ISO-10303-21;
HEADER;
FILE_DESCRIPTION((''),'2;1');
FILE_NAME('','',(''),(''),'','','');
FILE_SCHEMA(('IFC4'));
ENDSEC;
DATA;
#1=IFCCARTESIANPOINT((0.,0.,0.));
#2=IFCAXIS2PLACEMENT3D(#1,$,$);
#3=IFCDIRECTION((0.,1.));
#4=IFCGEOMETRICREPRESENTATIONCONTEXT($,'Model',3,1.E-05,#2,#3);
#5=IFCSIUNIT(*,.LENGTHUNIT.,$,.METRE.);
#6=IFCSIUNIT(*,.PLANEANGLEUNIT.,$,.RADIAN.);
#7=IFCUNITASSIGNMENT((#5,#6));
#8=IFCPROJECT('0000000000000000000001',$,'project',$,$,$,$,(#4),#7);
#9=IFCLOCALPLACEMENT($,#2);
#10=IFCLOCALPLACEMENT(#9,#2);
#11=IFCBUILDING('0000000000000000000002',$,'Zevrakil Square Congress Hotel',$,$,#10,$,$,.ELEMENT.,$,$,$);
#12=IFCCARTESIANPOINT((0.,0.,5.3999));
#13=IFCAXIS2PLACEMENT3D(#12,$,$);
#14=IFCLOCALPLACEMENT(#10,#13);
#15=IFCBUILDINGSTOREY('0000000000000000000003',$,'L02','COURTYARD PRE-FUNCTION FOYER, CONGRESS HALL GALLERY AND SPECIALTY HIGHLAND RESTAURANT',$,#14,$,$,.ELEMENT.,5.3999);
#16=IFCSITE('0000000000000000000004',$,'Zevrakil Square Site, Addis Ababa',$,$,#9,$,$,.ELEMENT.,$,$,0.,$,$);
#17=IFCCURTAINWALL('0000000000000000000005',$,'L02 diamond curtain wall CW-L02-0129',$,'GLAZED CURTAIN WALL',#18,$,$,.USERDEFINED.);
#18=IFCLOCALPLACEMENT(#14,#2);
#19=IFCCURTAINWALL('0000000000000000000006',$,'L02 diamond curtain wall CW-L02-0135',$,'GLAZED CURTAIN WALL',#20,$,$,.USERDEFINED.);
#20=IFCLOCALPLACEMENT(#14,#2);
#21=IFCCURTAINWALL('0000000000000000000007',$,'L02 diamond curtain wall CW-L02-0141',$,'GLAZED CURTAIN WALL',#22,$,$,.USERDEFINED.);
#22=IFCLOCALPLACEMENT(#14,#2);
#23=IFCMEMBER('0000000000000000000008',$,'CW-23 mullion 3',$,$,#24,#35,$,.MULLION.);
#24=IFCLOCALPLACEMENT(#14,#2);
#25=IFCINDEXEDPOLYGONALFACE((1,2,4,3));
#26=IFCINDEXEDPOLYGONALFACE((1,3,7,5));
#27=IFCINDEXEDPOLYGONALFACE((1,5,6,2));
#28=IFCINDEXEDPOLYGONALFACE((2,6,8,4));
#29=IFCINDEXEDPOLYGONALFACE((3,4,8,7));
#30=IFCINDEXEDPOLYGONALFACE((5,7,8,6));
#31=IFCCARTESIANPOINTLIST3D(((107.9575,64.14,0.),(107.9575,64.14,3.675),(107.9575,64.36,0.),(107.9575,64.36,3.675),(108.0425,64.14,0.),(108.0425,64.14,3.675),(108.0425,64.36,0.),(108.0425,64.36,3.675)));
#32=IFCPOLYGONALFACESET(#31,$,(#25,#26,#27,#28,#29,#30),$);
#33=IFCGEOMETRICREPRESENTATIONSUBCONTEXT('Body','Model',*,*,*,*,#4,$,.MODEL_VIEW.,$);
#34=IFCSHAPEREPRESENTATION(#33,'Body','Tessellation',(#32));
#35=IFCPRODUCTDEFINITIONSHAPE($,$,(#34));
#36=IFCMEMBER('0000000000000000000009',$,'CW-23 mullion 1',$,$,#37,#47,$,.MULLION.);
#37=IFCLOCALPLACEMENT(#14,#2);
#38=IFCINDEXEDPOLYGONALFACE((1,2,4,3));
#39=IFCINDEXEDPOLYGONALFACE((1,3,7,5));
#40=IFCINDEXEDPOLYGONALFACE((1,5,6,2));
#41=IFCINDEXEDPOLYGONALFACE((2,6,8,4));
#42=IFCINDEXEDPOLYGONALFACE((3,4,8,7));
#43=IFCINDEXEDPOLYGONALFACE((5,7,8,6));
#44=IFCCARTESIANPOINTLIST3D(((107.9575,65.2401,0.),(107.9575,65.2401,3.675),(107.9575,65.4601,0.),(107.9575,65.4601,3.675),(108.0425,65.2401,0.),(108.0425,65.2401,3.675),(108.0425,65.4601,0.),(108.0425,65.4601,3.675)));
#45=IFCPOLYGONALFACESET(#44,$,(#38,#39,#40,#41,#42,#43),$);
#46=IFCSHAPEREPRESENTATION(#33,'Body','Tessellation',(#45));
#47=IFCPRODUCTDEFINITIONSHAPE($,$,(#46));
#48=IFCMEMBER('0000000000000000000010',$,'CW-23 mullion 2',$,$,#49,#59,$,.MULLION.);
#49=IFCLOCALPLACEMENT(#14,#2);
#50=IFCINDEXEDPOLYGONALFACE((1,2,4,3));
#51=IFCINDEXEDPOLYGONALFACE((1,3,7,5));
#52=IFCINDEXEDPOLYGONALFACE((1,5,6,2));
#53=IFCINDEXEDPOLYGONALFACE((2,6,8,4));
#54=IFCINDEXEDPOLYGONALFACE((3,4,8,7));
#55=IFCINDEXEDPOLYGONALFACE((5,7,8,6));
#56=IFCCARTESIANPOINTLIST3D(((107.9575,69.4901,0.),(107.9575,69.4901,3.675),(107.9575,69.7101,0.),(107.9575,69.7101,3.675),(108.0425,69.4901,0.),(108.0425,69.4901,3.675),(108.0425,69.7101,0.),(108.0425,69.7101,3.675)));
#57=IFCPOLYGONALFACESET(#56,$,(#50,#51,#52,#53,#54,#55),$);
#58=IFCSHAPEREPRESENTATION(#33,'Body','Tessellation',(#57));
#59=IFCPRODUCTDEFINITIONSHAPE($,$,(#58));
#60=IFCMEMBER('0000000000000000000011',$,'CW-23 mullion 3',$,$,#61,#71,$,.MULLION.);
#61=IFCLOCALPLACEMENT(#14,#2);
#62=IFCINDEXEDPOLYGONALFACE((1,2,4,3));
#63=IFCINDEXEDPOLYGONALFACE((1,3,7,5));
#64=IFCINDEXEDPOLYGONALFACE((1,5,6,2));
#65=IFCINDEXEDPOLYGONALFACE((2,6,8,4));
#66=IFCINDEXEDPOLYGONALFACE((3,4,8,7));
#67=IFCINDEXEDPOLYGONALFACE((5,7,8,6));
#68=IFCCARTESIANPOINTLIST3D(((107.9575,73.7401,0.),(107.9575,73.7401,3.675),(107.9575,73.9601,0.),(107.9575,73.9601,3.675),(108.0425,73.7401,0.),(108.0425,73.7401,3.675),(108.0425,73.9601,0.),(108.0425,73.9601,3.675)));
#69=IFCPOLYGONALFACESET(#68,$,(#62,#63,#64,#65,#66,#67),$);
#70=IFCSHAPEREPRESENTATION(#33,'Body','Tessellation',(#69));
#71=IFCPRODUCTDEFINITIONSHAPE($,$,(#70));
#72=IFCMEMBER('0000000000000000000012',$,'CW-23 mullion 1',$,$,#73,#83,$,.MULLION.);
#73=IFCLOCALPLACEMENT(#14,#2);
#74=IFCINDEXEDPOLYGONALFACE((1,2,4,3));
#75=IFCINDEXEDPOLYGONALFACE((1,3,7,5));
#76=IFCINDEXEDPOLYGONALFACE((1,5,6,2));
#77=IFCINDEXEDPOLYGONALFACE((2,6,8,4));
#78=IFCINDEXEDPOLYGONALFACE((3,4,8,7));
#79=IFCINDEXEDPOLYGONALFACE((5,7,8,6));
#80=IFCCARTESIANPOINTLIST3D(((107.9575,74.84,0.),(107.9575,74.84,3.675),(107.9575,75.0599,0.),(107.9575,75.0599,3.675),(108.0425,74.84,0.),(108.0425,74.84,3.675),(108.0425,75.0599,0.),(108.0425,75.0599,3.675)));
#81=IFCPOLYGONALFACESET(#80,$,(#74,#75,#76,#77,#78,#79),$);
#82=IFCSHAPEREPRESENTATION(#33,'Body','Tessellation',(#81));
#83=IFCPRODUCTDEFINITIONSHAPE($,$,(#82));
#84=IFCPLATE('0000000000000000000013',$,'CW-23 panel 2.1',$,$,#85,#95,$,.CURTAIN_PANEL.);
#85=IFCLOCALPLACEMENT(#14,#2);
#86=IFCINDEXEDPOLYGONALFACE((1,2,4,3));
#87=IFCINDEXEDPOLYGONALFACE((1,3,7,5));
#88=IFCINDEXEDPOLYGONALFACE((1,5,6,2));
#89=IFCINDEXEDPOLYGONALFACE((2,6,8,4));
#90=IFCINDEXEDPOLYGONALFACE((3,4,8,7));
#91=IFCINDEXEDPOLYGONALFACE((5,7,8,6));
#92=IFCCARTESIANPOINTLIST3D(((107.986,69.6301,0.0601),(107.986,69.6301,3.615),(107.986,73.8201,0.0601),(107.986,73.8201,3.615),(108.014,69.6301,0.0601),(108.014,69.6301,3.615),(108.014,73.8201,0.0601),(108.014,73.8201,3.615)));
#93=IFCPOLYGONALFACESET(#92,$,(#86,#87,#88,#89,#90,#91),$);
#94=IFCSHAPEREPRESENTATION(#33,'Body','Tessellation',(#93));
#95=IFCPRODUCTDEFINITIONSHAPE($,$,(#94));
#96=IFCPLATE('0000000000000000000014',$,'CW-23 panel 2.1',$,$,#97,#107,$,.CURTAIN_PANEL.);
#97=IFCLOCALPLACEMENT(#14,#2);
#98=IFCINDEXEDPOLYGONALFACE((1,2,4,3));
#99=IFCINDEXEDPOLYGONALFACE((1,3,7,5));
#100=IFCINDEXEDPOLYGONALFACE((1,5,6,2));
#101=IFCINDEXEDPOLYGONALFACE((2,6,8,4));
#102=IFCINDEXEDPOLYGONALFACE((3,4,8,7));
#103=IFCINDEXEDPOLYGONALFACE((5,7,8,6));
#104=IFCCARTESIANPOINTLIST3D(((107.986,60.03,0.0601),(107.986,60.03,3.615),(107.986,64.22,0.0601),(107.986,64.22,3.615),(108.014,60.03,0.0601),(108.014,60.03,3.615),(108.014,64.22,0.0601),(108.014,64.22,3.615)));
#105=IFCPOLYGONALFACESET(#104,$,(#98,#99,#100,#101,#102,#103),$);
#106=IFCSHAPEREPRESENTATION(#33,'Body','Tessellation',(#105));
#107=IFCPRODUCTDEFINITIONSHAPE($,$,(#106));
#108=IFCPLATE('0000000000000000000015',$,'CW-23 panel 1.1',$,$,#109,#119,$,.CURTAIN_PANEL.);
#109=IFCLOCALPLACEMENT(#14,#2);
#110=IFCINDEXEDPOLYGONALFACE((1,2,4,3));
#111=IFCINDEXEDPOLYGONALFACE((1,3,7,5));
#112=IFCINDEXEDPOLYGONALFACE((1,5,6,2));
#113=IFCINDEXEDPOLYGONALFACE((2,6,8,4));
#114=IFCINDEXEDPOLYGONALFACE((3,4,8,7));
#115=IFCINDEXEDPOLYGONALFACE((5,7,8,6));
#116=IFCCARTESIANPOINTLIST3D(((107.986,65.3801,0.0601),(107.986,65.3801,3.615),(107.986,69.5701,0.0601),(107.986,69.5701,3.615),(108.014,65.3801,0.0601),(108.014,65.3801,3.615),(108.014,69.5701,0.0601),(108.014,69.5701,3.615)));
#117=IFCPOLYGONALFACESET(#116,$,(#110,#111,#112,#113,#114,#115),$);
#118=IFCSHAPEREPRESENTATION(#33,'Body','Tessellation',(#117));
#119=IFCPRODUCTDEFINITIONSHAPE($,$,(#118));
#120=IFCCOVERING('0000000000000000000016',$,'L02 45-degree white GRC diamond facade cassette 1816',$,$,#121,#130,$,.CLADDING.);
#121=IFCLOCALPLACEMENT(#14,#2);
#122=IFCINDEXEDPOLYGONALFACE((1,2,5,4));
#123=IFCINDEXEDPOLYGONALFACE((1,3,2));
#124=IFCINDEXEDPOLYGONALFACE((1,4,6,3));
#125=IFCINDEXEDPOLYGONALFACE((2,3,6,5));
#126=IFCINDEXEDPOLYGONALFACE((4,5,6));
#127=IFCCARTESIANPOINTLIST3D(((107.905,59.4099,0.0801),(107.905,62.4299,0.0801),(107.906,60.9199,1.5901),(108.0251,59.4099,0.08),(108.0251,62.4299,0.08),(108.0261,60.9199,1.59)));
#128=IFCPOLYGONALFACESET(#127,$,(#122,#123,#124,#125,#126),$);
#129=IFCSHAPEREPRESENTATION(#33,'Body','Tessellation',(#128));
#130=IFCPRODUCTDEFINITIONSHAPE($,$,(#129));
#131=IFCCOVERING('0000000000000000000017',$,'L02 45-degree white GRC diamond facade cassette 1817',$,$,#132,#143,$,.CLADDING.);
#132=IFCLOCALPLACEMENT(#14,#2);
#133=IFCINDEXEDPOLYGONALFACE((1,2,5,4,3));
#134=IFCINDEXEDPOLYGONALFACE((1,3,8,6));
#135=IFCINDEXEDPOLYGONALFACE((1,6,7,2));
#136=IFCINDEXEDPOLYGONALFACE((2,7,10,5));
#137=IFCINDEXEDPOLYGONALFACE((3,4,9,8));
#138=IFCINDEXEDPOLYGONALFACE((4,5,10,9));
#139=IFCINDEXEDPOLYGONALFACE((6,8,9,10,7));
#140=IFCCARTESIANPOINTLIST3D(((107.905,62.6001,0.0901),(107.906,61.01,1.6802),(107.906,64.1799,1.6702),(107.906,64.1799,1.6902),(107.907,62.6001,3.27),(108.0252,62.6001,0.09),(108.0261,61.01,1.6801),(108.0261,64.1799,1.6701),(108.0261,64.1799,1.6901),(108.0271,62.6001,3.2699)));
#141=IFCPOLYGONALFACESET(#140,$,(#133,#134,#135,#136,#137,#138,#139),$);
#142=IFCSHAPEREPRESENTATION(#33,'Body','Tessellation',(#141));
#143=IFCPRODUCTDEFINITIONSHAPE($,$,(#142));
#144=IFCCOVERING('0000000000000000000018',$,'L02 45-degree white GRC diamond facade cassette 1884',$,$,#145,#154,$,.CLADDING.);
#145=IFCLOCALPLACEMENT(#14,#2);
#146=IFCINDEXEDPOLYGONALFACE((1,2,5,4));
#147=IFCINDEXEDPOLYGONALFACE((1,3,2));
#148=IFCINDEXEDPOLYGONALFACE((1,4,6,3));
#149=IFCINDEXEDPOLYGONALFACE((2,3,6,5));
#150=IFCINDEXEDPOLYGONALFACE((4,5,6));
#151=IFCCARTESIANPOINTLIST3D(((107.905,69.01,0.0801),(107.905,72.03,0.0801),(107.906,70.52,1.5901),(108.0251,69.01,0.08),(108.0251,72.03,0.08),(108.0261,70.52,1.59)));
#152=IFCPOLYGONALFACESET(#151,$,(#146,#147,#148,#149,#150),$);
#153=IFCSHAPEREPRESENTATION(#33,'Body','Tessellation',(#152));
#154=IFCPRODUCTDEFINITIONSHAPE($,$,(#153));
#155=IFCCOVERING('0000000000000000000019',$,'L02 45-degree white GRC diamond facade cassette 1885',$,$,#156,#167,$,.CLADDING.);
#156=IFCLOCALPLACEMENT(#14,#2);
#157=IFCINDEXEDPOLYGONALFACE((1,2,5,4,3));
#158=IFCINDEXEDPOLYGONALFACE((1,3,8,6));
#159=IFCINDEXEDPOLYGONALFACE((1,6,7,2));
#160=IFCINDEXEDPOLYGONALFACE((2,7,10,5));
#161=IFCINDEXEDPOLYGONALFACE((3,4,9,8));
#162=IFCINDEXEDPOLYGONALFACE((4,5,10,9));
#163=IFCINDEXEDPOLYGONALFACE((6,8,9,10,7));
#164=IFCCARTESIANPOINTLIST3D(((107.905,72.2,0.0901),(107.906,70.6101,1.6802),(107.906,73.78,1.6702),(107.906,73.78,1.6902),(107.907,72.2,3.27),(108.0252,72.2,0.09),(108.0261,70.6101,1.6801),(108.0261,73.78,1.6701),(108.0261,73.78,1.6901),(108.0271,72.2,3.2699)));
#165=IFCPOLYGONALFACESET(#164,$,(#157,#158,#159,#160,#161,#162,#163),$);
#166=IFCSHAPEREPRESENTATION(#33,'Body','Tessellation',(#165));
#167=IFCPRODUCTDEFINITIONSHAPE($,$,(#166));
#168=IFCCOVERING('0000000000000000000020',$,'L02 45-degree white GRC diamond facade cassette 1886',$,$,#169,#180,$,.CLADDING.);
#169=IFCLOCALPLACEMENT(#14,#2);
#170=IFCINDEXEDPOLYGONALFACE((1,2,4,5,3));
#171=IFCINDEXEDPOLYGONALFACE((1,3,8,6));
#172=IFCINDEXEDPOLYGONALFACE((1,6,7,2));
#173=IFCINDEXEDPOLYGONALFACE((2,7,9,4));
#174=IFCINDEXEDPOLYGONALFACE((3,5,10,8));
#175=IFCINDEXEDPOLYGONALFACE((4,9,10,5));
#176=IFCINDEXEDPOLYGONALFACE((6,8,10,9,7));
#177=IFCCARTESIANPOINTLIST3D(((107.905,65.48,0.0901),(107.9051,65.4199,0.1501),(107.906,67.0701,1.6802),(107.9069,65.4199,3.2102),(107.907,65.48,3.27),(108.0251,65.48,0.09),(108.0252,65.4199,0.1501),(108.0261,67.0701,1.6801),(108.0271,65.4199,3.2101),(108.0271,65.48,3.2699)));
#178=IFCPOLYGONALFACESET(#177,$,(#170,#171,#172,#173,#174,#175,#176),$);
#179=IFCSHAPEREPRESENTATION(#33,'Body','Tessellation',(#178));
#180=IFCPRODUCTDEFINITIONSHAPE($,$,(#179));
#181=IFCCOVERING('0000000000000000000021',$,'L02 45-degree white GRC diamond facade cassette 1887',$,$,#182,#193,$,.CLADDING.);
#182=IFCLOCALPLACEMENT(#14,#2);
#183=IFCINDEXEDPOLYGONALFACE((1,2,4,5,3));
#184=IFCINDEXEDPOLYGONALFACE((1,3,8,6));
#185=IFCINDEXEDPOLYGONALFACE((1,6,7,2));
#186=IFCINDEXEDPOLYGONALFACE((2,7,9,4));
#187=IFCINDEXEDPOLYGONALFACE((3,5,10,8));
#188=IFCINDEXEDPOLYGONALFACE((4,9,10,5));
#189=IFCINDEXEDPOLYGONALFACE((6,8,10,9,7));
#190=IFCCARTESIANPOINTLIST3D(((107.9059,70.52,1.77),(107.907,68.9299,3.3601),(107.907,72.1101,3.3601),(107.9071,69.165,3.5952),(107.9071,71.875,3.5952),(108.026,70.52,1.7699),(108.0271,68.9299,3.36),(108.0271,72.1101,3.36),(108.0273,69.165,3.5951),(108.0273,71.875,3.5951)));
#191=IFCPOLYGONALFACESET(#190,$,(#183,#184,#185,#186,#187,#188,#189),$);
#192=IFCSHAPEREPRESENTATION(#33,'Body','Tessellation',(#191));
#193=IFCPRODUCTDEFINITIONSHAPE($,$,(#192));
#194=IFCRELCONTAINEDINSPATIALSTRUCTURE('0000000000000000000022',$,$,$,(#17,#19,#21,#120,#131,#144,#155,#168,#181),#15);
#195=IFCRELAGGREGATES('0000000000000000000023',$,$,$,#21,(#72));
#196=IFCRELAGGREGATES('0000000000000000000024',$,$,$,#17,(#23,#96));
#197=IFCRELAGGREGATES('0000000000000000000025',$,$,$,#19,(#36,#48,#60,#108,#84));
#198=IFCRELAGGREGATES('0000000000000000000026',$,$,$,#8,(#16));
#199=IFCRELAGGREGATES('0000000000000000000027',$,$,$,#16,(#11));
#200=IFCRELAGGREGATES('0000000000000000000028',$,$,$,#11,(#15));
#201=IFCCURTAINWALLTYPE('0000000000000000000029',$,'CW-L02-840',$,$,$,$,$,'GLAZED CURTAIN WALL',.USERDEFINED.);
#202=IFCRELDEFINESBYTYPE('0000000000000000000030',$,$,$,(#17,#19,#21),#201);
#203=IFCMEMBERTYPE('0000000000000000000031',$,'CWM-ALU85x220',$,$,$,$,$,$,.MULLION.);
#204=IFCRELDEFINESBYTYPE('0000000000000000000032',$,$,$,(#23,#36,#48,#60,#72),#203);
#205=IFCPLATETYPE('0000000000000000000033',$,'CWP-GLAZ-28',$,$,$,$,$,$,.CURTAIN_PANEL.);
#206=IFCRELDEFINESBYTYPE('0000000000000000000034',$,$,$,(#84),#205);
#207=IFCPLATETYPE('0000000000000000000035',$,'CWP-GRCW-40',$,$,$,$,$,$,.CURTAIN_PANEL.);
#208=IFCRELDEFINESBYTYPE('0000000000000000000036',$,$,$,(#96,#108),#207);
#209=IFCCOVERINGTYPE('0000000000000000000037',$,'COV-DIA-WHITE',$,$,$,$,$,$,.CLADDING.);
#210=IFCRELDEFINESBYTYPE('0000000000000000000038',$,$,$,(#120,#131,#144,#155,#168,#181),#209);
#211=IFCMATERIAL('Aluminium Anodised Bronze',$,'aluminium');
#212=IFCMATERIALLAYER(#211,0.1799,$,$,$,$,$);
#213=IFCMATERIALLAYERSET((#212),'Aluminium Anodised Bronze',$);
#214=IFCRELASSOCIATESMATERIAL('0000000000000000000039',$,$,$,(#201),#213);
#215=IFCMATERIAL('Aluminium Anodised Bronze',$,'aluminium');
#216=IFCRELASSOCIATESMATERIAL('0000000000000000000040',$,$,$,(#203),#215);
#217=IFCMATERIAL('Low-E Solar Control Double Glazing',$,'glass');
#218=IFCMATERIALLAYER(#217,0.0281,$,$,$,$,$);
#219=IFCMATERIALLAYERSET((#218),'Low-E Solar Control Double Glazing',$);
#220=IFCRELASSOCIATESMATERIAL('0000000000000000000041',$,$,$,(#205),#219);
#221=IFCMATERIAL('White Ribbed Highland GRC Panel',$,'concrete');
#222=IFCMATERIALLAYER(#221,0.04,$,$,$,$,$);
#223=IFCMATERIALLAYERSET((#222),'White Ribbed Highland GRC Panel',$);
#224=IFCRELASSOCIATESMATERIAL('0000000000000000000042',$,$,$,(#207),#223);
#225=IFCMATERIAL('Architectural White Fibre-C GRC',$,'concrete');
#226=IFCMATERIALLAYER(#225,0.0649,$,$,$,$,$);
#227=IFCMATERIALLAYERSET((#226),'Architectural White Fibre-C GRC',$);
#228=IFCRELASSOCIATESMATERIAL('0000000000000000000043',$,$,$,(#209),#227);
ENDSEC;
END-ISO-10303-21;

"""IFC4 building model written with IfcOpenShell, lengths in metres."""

from ifc_helpers import new_model, si_unit, direction, frame, origin, origin_2d, place, context, subcontext, project, spatial, polyline, rectangle, outline, extrude, material, layer, layer_set, material_profile, profile_set, type_object, element, aggregate, save


model = new_model("IFC4")

# Units and contexts
model_context = context("Model", 3, precision=1e-05, world=origin(), true_north=direction((0.0, 1.0)))
body_context = subcontext(model_context, "Body", "Model", "MODEL_VIEW")
ifc_project = project(units=[si_unit("LENGTHUNIT", "METRE"), si_unit("PLANEANGLEUNIT", "RADIAN")], contexts=[model_context])

# Site, building, storey
site_placement = place(None, origin())
site = spatial("IfcSite", under=ifc_project, at=site_placement, Name="Zevrakil Square Site, Addis Ababa", CompositionType="ELEMENT", RefElevation=0.0)
building_placement = place(site_placement, origin())
building = spatial("IfcBuilding", under=site, at=building_placement, Name="Zevrakil Square Congress Hotel", CompositionType="ELEMENT")
storey_placement = place(building_placement, frame((0.0, 0.0, 5.3999)))
storey = spatial("IfcBuildingStorey", under=building, at=storey_placement, Name="L02", Description="COURTYARD PRE-FUNCTION FOYER, CONGRESS HALL GALLERY AND SPECIALTY HIGHLAND RESTAURANT", CompositionType="ELEMENT", Elevation=5.3999)

# Curtain walls
ifc_material_1 = material(Name="Aluminium Anodised Bronze", Category="aluminium")
ifc_layer_1 = layer(ifc_material_1, 0.1799)
ifc_layer_set_1 = layer_set([ifc_layer_1], Name="Aluminium Anodised Bronze")
curtain_wall_type = type_object("IfcCurtainWallType", Name="CW-L02-840", ElementType="GLAZED CURTAIN WALL", PredefinedType="USERDEFINED", material=ifc_layer_set_1)
curtain_wall_1_placement = place(storey_placement, origin())
curtain_wall_1 = element("IfcCurtainWall", 1, at=curtain_wall_1_placement, inside=storey, type_object=curtain_wall_type, Name="L02 diamond curtain wall CW-L02-0129", ObjectType="GLAZED CURTAIN WALL", PredefinedType="USERDEFINED")
curtain_wall_2_placement = place(storey_placement, origin())
curtain_wall_2 = element("IfcCurtainWall", 2, at=curtain_wall_2_placement, inside=storey, type_object=curtain_wall_type, Name="L02 diamond curtain wall CW-L02-0135", ObjectType="GLAZED CURTAIN WALL", PredefinedType="USERDEFINED")

# Curtain wall
curtain_wall_3_placement = place(storey_placement, origin())
curtain_wall_3 = element("IfcCurtainWall", 3, at=curtain_wall_3_placement, inside=storey, type_object=curtain_wall_type, Name="L02 diamond curtain wall CW-L02-0141", ObjectType="GLAZED CURTAIN WALL", PredefinedType="USERDEFINED")

# Members
ifc_material_2 = material(Name="Aluminium Anodised Bronze", Category="aluminium")
ifc_material_profile_1 = material_profile(ifc_material_2, rectangle(XDim=0.085, YDim=0.22, at=origin_2d()), Name="ALU 85x220")
ifc_profile_set_1 = profile_set([ifc_material_profile_1], Name="Aluminium Anodised Bronze")
member_type_1 = type_object("IfcMemberType", Name="CWM-ALU85x220", PredefinedType="MULLION", material=ifc_profile_set_1)
member_1_placement = place(storey_placement, frame((108.0, 64.25, 0.0), z_axis=(0.0, 0.0, 1.0), x_axis=(-1.0, 0.0, 0.0)))
member_1 = element("IfcMember", 4, at=member_1_placement, type_object=member_type_1, Name="CW-23 mullion 3", PredefinedType="MULLION", context=body_context, shape_type="SweptSolid", body=[
    extrude(rectangle(XDim=0.085, YDim=0.22, at=origin_2d()), origin(), (0.0, 0.0, 1.0), 3.675),
])
member_2_placement = place(storey_placement, frame((108.0, 65.3501, 0.0), z_axis=(0.0, 0.0, 1.0), x_axis=(-1.0, 0.0, 0.0)))
member_2 = element("IfcMember", 5, at=member_2_placement, type_object=member_type_1, Name="CW-23 mullion 1", PredefinedType="MULLION", context=body_context, shape_type="SweptSolid", body=[
    extrude(rectangle(XDim=0.085, YDim=0.22, at=origin_2d()), origin(), (0.0, 0.0, 1.0), 3.675),
])
member_3_placement = place(storey_placement, frame((108.0, 69.6001, 0.0), z_axis=(0.0, 0.0, 1.0), x_axis=(-1.0, 0.0, 0.0)))
member_3 = element("IfcMember", 6, at=member_3_placement, type_object=member_type_1, Name="CW-23 mullion 2", PredefinedType="MULLION", context=body_context, shape_type="SweptSolid", body=[
    extrude(rectangle(XDim=0.085, YDim=0.22, at=origin_2d()), origin(), (0.0, 0.0, 1.0), 3.675),
])
member_4_placement = place(storey_placement, frame((108.0, 73.8501, 0.0), z_axis=(0.0, 0.0, 1.0), x_axis=(-1.0, 0.0, 0.0)))
member_4 = element("IfcMember", 7, at=member_4_placement, type_object=member_type_1, Name="CW-23 mullion 3", PredefinedType="MULLION", context=body_context, shape_type="SweptSolid", body=[
    extrude(rectangle(XDim=0.085, YDim=0.22, at=origin_2d()), origin(), (0.0, 0.0, 1.0), 3.675),
])
member_5_placement = place(storey_placement, frame((108.0, 74.95, 0.0), z_axis=(0.0, 0.0, 1.0), x_axis=(-1.0, 0.0, 0.0)))
member_5 = element("IfcMember", 8, at=member_5_placement, type_object=member_type_1, Name="CW-23 mullion 1", PredefinedType="MULLION", context=body_context, shape_type="SweptSolid", body=[
    extrude(rectangle(XDim=0.085, YDim=0.22, at=origin_2d()), origin(), (0.0, 0.0, 1.0), 3.675),
])
aggregate(curtain_wall_3, [member_5])

# Plates
ifc_material_3 = material(Name="Low-E Solar Control Double Glazing", Category="glass")
ifc_layer_2 = layer(ifc_material_3, 0.0281)
ifc_layer_set_2 = layer_set([ifc_layer_2], Name="Low-E Solar Control Double Glazing")
plate_type_1 = type_object("IfcPlateType", Name="CWP-GLAZ-28", PredefinedType="CURTAIN_PANEL", material=ifc_layer_set_2)
plate_1_placement = place(storey_placement, frame((108.0, 71.7251, 0.0601), z_axis=(0.0, 0.0, 1.0), x_axis=(0.0, 1.0, 0.0)))
plate_1 = element("IfcPlate", 9, at=plate_1_placement, type_object=plate_type_1, Name="CW-23 panel 2.1", PredefinedType="CURTAIN_PANEL", context=body_context, shape_type="SweptSolid", body=[
    extrude(rectangle(XDim=4.1899, YDim=0.0281, at=origin_2d()), origin(), (0.0, 0.0, 1.0), 3.5549),
])
ifc_material_4 = material(Name="White Ribbed Highland GRC Panel", Category="concrete")
ifc_layer_3 = layer(ifc_material_4, 0.04)
ifc_layer_set_3 = layer_set([ifc_layer_3], Name="White Ribbed Highland GRC Panel")
plate_type_2 = type_object("IfcPlateType", Name="CWP-GRCW-40", PredefinedType="CURTAIN_PANEL", material=ifc_layer_set_3)
plate_2_placement = place(storey_placement, frame((108.0, 62.125, 0.0601), z_axis=(0.0, 0.0, 1.0), x_axis=(0.0, 1.0, 0.0)))
plate_2 = element("IfcPlate", 10, at=plate_2_placement, type_object=plate_type_2, Name="CW-23 panel 2.1", PredefinedType="CURTAIN_PANEL", context=body_context, shape_type="SweptSolid", body=[
    extrude(rectangle(XDim=4.1899, YDim=0.0281, at=origin_2d()), origin(), (0.0, 0.0, 1.0), 3.5549),
])
aggregate(curtain_wall_1, [member_1, plate_2])
plate_3_placement = place(storey_placement, frame((108.0, 67.4751, 0.0601), z_axis=(0.0, 0.0, 1.0), x_axis=(0.0, 1.0, 0.0)))
plate_3 = element("IfcPlate", 11, at=plate_3_placement, type_object=plate_type_2, Name="CW-23 panel 1.1", PredefinedType="CURTAIN_PANEL", context=body_context, shape_type="SweptSolid", body=[
    extrude(rectangle(XDim=4.1899, YDim=0.0281, at=origin_2d()), origin(), (0.0, 0.0, 1.0), 3.5549),
])
aggregate(curtain_wall_2, [member_2, member_3, member_4, plate_3, plate_1])

# Coverings
ifc_material_5 = material(Name="Architectural White Fibre-C GRC", Category="concrete")
ifc_layer_4 = layer(ifc_material_5, 0.0649)
ifc_layer_set_4 = layer_set([ifc_layer_4], Name="Architectural White Fibre-C GRC")
covering_type_1 = type_object("IfcCoveringType", Name="COV-DIA-WHITE", PredefinedType="CLADDING", material=ifc_layer_set_4)
covering_1_placement = place(storey_placement, frame((107.906, 60.9199, 1.5901), z_axis=(-1.0, 0.0, 0.000647), x_axis=(-0.000457, -0.707107, -0.707107)))
element("IfcCovering", 12, at=covering_1_placement, inside=storey, type_object=covering_type_1, Name="L02 45-degree white GRC diamond facade cassette 1816", PredefinedType="CLADDING", context=body_context, shape_type="SweptSolid", body=[
    extrude(outline(polyline([(0.0, 0.0), (2.1355, 0.0), (0.0, -2.1355), (0.0, 0.0)])), origin(), (0.0, 0.0, -1.0), 0.1201),
])
covering_2_placement = place(storey_placement, frame((107.907, 62.6001, 3.27), z_axis=(-1.0, 0.0, 0.000612), x_axis=(-0.000433, -0.707161, -0.707052)))
element("IfcCovering", 13, at=covering_2_placement, inside=storey, type_object=covering_type_1, Name="L02 45-degree white GRC diamond facade cassette 1817", PredefinedType="CLADDING", context=body_context, shape_type="SweptSolid", body=[
    extrude(outline(polyline([(0.0, 0.0), (2.2486, 0.0), (2.2484, -2.2487), (0.014, -2.2484), (-0.0002, -2.2342), (0.0, 0.0)])), origin(), (0.0, 0.0, -1.0), 0.1201),
])
covering_3_placement = place(storey_placement, frame((107.906, 70.52, 1.5901), z_axis=(-1.0, 0.0, 0.000647), x_axis=(-0.000457, -0.707107, -0.707107)))
element("IfcCovering", 14, at=covering_3_placement, inside=storey, type_object=covering_type_1, Name="L02 45-degree white GRC diamond facade cassette 1884", PredefinedType="CLADDING", context=body_context, shape_type="SweptSolid", body=[
    extrude(outline(polyline([(0.0, 0.0), (2.1355, 0.0), (0.0, -2.1355), (0.0, 0.0)])), origin(), (0.0, 0.0, -1.0), 0.1201),
])
covering_4_placement = place(storey_placement, frame((107.907, 72.2, 3.27), z_axis=(-1.0, 0.0, 0.000612), x_axis=(-0.000433, -0.707107, -0.707107)))
element("IfcCovering", 15, at=covering_4_placement, inside=storey, type_object=covering_type_1, Name="L02 45-degree white GRC diamond facade cassette 1885", PredefinedType="CLADDING", context=body_context, shape_type="SweptSolid", body=[
    extrude(outline(polyline([(0.0, 0.0), (2.2484, 0.0), (2.2486, -2.2486), (0.014, -2.2486), (-0.0002, -2.2344), (0.0, 0.0)])), origin(), (0.0, 0.0, -1.0), 0.1201),
])
covering_5_placement = place(storey_placement, frame((107.905, 65.48, 0.0901), z_axis=(-1.0, 0.0, 0.000615), x_axis=(0.000435, 0.707107, 0.707107)))
element("IfcCovering", 16, at=covering_5_placement, inside=storey, type_object=covering_type_1, Name="L02 45-degree white GRC diamond facade cassette 1886", PredefinedType="CLADDING", context=body_context, shape_type="SweptSolid", body=[
    extrude(outline(polyline([(0.0, 0.0), (2.2487, 0.0), (2.2486, -2.2486), (2.1638, -2.2487), (0.0, -0.0849), (0.0, 0.0)])), origin(), (0.0, 0.0, -1.0), 0.1201),
])
covering_6_placement = place(storey_placement, frame((107.907, 68.9299, 3.3601), z_axis=(-1.0, 0.0, 0.000705), x_axis=(-0.000499, 0.707107, -0.707107)))
element("IfcCovering", 17, at=covering_6_placement, inside=storey, type_object=covering_type_1, Name="L02 45-degree white GRC diamond facade cassette 1887", PredefinedType="CLADDING", context=body_context, shape_type="SweptSolid", body=[
    extrude(outline(polyline([(0.0, 0.0), (2.2487, 0.0), (2.2487, -2.2487), (1.9162, -2.2487), (0.0, -0.3325), (0.0, 0.0)])), origin(), (0.0, 0.0, -1.0), 0.1201),
])

save(model, "model.ifc")
